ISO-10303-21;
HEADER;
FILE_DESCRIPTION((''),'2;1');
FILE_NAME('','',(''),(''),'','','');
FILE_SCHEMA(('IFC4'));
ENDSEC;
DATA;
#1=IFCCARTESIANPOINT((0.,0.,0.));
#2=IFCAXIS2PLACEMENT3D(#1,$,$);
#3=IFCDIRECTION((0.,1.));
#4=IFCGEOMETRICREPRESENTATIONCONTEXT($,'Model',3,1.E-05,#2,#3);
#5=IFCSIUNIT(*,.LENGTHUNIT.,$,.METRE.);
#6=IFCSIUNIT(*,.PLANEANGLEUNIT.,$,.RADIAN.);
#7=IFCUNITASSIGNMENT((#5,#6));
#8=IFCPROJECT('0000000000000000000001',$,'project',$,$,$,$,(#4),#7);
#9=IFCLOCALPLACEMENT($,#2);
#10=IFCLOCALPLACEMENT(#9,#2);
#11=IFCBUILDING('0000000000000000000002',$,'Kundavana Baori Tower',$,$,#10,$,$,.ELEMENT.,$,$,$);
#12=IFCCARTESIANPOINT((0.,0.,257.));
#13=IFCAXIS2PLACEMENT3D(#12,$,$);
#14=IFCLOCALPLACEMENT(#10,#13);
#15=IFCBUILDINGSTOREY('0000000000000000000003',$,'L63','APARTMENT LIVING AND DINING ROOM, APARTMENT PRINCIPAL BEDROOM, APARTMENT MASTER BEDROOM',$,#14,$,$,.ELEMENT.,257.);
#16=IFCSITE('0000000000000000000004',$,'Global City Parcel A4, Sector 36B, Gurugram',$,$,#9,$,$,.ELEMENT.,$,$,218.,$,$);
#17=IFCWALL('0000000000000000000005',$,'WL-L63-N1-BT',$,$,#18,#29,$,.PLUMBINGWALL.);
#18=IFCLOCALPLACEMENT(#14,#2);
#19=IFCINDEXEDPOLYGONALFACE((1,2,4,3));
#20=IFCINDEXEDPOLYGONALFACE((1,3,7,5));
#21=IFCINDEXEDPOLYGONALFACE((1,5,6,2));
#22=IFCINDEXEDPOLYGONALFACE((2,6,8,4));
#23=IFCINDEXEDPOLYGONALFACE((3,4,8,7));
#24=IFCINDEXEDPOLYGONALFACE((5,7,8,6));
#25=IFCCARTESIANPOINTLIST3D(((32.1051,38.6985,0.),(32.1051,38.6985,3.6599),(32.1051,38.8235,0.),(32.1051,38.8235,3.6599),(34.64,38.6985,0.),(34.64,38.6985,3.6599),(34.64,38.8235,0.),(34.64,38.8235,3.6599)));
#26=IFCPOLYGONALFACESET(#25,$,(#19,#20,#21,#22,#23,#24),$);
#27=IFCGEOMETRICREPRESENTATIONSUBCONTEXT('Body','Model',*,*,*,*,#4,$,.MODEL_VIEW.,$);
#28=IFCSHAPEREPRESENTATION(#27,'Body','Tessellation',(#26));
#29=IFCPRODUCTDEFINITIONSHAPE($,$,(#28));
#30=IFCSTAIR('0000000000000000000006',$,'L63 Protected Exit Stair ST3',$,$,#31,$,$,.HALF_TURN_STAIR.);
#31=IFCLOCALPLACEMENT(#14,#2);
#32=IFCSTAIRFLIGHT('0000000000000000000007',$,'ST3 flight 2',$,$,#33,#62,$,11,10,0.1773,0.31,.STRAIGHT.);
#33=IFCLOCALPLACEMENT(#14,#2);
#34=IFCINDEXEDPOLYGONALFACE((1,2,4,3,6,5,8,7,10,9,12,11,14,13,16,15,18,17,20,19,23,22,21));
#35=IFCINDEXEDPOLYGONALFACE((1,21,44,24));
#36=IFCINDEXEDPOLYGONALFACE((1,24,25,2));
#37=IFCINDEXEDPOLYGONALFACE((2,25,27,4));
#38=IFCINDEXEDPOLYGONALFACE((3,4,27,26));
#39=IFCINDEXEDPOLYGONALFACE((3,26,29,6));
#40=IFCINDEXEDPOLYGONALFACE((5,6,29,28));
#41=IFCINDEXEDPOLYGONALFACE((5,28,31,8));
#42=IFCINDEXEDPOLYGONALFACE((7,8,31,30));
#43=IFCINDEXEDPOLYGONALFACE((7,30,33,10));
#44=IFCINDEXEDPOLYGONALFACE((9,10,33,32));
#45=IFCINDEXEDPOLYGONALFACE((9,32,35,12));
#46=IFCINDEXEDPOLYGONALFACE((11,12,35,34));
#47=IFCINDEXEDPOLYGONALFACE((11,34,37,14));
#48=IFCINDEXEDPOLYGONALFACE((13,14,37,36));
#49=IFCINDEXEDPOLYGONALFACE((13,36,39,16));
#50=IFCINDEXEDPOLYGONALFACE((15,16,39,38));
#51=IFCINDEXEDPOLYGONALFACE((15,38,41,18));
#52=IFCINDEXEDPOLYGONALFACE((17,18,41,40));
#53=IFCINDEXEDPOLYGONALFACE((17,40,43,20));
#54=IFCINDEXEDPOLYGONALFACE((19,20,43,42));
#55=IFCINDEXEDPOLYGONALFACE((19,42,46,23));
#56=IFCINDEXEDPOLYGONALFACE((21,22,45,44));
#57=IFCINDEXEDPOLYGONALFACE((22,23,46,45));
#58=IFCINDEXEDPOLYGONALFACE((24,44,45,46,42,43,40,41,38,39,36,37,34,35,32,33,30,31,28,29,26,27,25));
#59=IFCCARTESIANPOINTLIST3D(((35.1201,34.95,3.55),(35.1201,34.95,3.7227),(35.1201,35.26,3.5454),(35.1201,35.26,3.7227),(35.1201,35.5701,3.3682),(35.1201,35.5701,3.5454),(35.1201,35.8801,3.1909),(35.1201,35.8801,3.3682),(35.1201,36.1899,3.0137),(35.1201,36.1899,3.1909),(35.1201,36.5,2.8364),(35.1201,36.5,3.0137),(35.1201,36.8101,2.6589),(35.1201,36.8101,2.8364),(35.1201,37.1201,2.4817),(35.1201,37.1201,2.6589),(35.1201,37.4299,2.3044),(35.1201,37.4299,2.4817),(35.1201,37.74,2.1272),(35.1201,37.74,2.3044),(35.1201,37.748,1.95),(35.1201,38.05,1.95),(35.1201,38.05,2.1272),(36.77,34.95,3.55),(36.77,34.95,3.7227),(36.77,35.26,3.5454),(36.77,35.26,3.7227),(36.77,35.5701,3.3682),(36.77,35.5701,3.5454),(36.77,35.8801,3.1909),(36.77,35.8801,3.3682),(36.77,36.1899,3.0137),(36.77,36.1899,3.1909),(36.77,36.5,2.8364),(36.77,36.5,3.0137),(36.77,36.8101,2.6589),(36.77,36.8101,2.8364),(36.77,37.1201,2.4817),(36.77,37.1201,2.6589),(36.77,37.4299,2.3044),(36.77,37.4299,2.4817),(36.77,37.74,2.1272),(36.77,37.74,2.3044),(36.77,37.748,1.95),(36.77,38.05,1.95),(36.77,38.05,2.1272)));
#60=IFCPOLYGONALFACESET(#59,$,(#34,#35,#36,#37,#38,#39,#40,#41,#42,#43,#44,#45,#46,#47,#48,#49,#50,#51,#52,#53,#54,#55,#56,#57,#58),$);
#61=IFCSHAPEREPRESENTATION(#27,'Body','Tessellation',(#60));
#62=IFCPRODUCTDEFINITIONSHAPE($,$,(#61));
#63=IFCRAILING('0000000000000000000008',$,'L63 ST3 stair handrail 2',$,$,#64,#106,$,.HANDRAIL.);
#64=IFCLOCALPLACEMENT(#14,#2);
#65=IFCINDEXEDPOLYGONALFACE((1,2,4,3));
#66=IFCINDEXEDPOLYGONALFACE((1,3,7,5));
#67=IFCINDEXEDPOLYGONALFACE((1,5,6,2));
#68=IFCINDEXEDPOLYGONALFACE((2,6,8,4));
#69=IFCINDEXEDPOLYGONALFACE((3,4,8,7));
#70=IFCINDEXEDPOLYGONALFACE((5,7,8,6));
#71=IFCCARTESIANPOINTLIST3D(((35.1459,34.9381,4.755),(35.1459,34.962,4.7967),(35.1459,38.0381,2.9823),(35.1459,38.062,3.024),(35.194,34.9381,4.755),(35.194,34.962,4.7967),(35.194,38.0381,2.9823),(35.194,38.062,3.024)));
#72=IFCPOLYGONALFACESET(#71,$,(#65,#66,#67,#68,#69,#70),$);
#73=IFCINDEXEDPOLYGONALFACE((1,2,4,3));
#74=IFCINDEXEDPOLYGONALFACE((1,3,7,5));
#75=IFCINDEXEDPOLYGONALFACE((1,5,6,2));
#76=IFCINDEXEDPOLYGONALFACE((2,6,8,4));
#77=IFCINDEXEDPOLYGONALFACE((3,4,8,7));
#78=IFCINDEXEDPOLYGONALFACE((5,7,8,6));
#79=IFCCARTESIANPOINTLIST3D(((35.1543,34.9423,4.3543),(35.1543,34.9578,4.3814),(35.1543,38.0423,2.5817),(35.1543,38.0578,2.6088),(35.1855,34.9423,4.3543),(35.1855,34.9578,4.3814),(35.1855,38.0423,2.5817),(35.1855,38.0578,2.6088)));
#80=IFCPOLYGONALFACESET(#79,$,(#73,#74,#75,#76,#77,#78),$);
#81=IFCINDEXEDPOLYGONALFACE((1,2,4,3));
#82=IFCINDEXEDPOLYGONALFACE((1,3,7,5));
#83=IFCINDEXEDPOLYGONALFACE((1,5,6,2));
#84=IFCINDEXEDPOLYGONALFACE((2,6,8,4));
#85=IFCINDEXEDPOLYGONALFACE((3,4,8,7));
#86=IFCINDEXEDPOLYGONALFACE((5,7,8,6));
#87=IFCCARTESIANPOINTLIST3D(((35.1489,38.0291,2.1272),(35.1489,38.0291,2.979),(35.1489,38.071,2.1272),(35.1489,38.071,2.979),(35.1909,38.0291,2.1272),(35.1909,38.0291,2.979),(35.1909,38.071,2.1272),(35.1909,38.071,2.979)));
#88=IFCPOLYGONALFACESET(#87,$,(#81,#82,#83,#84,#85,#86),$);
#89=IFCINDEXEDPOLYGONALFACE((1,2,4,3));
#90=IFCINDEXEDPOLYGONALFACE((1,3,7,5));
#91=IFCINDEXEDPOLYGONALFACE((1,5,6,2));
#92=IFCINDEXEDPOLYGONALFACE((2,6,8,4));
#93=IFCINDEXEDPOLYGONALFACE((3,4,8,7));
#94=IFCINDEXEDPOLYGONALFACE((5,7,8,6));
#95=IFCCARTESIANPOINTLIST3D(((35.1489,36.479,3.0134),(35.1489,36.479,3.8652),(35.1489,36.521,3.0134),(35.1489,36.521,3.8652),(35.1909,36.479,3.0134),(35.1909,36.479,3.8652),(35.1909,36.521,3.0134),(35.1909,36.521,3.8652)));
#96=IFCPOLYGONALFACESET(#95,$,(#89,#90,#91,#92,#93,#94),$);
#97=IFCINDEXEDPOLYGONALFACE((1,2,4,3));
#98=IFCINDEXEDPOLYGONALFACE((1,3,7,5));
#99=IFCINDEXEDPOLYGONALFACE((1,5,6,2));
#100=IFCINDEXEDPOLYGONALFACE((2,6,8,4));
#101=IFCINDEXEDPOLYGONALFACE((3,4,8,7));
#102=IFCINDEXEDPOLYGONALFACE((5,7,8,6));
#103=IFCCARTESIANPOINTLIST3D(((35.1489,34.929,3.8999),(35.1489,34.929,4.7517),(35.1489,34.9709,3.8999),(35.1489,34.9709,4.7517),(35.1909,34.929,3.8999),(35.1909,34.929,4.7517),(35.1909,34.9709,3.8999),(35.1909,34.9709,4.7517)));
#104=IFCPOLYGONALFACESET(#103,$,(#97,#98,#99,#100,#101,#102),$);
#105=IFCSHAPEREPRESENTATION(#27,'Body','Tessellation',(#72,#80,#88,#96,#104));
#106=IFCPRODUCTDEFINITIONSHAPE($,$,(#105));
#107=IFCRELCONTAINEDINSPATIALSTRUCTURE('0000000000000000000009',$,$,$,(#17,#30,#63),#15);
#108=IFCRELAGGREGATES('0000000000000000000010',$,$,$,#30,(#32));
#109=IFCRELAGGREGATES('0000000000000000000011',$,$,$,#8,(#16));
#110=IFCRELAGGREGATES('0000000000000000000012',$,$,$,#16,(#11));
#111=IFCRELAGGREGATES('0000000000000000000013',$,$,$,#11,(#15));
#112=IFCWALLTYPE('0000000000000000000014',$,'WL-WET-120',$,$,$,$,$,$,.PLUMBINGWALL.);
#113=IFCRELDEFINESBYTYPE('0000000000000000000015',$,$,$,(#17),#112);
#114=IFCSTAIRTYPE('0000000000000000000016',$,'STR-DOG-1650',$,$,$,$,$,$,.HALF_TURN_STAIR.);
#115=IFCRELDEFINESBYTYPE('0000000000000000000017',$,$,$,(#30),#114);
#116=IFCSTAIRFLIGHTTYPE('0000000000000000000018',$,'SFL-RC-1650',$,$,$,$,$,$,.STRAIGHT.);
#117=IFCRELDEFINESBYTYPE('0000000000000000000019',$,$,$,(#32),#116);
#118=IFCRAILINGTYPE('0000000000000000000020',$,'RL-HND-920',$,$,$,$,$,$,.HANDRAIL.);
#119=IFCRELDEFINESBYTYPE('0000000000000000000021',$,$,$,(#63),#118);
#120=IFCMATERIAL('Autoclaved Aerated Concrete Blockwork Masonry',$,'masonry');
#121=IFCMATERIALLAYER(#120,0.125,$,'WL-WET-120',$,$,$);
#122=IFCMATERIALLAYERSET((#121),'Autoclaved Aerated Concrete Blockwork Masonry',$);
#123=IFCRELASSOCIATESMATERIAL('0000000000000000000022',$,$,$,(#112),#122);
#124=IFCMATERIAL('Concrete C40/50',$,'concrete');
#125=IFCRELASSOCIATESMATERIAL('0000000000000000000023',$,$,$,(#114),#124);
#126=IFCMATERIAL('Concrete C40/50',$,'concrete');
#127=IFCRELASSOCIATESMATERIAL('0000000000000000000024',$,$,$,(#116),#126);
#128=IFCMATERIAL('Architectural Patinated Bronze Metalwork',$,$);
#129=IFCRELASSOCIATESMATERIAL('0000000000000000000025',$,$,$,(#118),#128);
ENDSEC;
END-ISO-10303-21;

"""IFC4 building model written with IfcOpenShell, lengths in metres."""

from ifc_helpers import new_model, si_unit, direction, frame, frame_2d, origin, origin_2d, place, context, subcontext, project, spatial, polyline, rectangle, outline, extrude, material, layer, layer_set, type_object, element, aggregate, save


model = new_model("IFC4")

# Units and contexts
model_context = context("Model", 3, precision=1e-05, world=origin(), true_north=direction((0.0, 1.0)))
body_context = subcontext(model_context, "Body", "Model", "MODEL_VIEW")
ifc_project = project(units=[si_unit("LENGTHUNIT", "METRE"), si_unit("PLANEANGLEUNIT", "RADIAN")], contexts=[model_context])

# Site, building, storey
site_placement = place(None, origin())
site = spatial("IfcSite", under=ifc_project, at=site_placement, Name="Global City Parcel A4, Sector 36B, Gurugram", CompositionType="ELEMENT", RefElevation=218.0)
building_placement = place(site_placement, origin())
building = spatial("IfcBuilding", under=site, at=building_placement, Name="Kundavana Baori Tower", CompositionType="ELEMENT")
storey_placement = place(building_placement, frame((0.0, 0.0, 257.0)))
storey = spatial("IfcBuildingStorey", under=building, at=storey_placement, Name="L63", Description="APARTMENT LIVING AND DINING ROOM, APARTMENT PRINCIPAL BEDROOM, APARTMENT MASTER BEDROOM", CompositionType="ELEMENT", Elevation=257.0)

# Wall
ifc_material_1 = material(Name="Autoclaved Aerated Concrete Blockwork Masonry", Category="masonry")
ifc_layer_1 = layer(ifc_material_1, 0.125, Name="WL-WET-120")
ifc_layer_set_1 = layer_set([ifc_layer_1], Name="Autoclaved Aerated Concrete Blockwork Masonry")
wall_type_1 = type_object("IfcWallType", Name="WL-WET-120", PredefinedType="PLUMBINGWALL", material=ifc_layer_set_1)
wall_1_placement = place(storey_placement, frame((32.105, 38.761, 0.0), z_axis=(0.0, 0.0, 1.0), x_axis=(1.0, 0.0, 0.0)))
element("IfcWall", 1, at=wall_1_placement, inside=storey, type_object=wall_type_1, Name="WL-L63-N1-BT", PredefinedType="PLUMBINGWALL", context=body_context, shape_type="SweptSolid", body=[
    extrude(rectangle(XDim=2.5349, YDim=0.125, at=frame_2d((1.2676, 0.0))), origin(), (0.0, 0.0, 1.0), 3.6599),
])

# Stair, stair flight
ifc_material_2 = material(Name="Concrete C40/50", Category="concrete")
stair_type = type_object("IfcStairType", Name="STR-DOG-1650", PredefinedType="HALF_TURN_STAIR", material=ifc_material_2)
stair_placement = place(storey_placement, origin())
stair = element("IfcStair", 2, at=stair_placement, inside=storey, type_object=stair_type, Name="L63 Protected Exit Stair ST3", PredefinedType="HALF_TURN_STAIR")
ifc_material_3 = material(Name="Concrete C40/50", Category="concrete")
stair_flight_type = type_object("IfcStairFlightType", Name="SFL-RC-1650", PredefinedType="STRAIGHT", material=ifc_material_3)
stair_flight_placement = place(storey_placement, frame((35.9451, 38.05, 1.95), z_axis=(0.0, 0.0, 1.0), x_axis=(0.0, -1.0, 0.0)))
stair_flight = element("IfcStairFlight", 3, at=stair_flight_placement, type_object=stair_flight_type, Name="ST3 flight 2", NumberOfRisers=11, NumberOfTreads=10, PredefinedType="STRAIGHT", RiserHeight=0.1773, TreadLength=0.31, context=body_context, shape_type="SweptSolid", body=[
    extrude(outline(polyline([(0.0, 0.0), (0.0, 0.1772), (0.3101, 0.1772), (0.3101, 0.3545), (0.6201, 0.3545), (0.6201, 0.5317), (0.9299, 0.5317), (0.9299, 0.709), (1.24, 0.709), (1.24, 0.8865), (1.55, 0.8865), (1.55, 1.0637), (1.8601, 1.0637), (1.8601, 1.241), (2.1699, 1.241), (2.1699, 1.4182), (2.48, 1.4182), (2.48, 1.5955), (2.79, 1.5955), (2.79, 1.7727), (3.1001, 1.7727), (3.1001, 1.95), (3.1001, 1.6001), (0.302, 0.0), (0.0, 0.0)])), frame((0.0, 0.825, 0.0), z_axis=(0.0, -1.0, 0.0), x_axis=(1.0, 0.0, 0.0)), (0.0, 0.0, 1.0), 1.6499),
])
aggregate(stair, [stair_flight])

# Railing
ifc_material_4 = material(Name="Architectural Patinated Bronze Metalwork")
railing_type = type_object("IfcRailingType", Name="RL-HND-920", PredefinedType="HANDRAIL", material=ifc_material_4)
railing_placement = place(storey_placement, frame((35.1699, 38.05, 2.1272)))
element("IfcRailing", 4, at=railing_placement, inside=storey, type_object=railing_type, Name="L63 ST3 stair handrail 2", PredefinedType="HANDRAIL", context=body_context, shape_type="SweptSolid", body=[
    extrude(rectangle(XDim=0.0481, YDim=0.0481, at=origin_2d()), frame((0.0, 0.0, 0.876), z_axis=(0.0, -0.868096, 0.496397), x_axis=(1.0, 0.0, 0.0)), (0.0, 0.0, 1.0), 3.571),
    extrude(rectangle(XDim=0.0312, YDim=0.0312, at=origin_2d()), frame((0.0, 0.0, 0.468), z_axis=(0.0, -0.868096, 0.496397), x_axis=(1.0, 0.0, 0.0)), (0.0, 0.0, 1.0), 3.571),
    extrude(rectangle(XDim=0.042, YDim=0.042, at=origin_2d()), origin(), (0.0, 0.0, 1.0), 0.8518),
    extrude(rectangle(XDim=0.042, YDim=0.042, at=origin_2d()), frame((0.0, -1.55, 0.8862)), (0.0, 0.0, 1.0), 0.8518),
    extrude(rectangle(XDim=0.042, YDim=0.042, at=origin_2d()), frame((0.0, -3.1001, 1.7727)), (0.0, 0.0, 1.0), 0.8518),
])

save(model, "model.ifc")
